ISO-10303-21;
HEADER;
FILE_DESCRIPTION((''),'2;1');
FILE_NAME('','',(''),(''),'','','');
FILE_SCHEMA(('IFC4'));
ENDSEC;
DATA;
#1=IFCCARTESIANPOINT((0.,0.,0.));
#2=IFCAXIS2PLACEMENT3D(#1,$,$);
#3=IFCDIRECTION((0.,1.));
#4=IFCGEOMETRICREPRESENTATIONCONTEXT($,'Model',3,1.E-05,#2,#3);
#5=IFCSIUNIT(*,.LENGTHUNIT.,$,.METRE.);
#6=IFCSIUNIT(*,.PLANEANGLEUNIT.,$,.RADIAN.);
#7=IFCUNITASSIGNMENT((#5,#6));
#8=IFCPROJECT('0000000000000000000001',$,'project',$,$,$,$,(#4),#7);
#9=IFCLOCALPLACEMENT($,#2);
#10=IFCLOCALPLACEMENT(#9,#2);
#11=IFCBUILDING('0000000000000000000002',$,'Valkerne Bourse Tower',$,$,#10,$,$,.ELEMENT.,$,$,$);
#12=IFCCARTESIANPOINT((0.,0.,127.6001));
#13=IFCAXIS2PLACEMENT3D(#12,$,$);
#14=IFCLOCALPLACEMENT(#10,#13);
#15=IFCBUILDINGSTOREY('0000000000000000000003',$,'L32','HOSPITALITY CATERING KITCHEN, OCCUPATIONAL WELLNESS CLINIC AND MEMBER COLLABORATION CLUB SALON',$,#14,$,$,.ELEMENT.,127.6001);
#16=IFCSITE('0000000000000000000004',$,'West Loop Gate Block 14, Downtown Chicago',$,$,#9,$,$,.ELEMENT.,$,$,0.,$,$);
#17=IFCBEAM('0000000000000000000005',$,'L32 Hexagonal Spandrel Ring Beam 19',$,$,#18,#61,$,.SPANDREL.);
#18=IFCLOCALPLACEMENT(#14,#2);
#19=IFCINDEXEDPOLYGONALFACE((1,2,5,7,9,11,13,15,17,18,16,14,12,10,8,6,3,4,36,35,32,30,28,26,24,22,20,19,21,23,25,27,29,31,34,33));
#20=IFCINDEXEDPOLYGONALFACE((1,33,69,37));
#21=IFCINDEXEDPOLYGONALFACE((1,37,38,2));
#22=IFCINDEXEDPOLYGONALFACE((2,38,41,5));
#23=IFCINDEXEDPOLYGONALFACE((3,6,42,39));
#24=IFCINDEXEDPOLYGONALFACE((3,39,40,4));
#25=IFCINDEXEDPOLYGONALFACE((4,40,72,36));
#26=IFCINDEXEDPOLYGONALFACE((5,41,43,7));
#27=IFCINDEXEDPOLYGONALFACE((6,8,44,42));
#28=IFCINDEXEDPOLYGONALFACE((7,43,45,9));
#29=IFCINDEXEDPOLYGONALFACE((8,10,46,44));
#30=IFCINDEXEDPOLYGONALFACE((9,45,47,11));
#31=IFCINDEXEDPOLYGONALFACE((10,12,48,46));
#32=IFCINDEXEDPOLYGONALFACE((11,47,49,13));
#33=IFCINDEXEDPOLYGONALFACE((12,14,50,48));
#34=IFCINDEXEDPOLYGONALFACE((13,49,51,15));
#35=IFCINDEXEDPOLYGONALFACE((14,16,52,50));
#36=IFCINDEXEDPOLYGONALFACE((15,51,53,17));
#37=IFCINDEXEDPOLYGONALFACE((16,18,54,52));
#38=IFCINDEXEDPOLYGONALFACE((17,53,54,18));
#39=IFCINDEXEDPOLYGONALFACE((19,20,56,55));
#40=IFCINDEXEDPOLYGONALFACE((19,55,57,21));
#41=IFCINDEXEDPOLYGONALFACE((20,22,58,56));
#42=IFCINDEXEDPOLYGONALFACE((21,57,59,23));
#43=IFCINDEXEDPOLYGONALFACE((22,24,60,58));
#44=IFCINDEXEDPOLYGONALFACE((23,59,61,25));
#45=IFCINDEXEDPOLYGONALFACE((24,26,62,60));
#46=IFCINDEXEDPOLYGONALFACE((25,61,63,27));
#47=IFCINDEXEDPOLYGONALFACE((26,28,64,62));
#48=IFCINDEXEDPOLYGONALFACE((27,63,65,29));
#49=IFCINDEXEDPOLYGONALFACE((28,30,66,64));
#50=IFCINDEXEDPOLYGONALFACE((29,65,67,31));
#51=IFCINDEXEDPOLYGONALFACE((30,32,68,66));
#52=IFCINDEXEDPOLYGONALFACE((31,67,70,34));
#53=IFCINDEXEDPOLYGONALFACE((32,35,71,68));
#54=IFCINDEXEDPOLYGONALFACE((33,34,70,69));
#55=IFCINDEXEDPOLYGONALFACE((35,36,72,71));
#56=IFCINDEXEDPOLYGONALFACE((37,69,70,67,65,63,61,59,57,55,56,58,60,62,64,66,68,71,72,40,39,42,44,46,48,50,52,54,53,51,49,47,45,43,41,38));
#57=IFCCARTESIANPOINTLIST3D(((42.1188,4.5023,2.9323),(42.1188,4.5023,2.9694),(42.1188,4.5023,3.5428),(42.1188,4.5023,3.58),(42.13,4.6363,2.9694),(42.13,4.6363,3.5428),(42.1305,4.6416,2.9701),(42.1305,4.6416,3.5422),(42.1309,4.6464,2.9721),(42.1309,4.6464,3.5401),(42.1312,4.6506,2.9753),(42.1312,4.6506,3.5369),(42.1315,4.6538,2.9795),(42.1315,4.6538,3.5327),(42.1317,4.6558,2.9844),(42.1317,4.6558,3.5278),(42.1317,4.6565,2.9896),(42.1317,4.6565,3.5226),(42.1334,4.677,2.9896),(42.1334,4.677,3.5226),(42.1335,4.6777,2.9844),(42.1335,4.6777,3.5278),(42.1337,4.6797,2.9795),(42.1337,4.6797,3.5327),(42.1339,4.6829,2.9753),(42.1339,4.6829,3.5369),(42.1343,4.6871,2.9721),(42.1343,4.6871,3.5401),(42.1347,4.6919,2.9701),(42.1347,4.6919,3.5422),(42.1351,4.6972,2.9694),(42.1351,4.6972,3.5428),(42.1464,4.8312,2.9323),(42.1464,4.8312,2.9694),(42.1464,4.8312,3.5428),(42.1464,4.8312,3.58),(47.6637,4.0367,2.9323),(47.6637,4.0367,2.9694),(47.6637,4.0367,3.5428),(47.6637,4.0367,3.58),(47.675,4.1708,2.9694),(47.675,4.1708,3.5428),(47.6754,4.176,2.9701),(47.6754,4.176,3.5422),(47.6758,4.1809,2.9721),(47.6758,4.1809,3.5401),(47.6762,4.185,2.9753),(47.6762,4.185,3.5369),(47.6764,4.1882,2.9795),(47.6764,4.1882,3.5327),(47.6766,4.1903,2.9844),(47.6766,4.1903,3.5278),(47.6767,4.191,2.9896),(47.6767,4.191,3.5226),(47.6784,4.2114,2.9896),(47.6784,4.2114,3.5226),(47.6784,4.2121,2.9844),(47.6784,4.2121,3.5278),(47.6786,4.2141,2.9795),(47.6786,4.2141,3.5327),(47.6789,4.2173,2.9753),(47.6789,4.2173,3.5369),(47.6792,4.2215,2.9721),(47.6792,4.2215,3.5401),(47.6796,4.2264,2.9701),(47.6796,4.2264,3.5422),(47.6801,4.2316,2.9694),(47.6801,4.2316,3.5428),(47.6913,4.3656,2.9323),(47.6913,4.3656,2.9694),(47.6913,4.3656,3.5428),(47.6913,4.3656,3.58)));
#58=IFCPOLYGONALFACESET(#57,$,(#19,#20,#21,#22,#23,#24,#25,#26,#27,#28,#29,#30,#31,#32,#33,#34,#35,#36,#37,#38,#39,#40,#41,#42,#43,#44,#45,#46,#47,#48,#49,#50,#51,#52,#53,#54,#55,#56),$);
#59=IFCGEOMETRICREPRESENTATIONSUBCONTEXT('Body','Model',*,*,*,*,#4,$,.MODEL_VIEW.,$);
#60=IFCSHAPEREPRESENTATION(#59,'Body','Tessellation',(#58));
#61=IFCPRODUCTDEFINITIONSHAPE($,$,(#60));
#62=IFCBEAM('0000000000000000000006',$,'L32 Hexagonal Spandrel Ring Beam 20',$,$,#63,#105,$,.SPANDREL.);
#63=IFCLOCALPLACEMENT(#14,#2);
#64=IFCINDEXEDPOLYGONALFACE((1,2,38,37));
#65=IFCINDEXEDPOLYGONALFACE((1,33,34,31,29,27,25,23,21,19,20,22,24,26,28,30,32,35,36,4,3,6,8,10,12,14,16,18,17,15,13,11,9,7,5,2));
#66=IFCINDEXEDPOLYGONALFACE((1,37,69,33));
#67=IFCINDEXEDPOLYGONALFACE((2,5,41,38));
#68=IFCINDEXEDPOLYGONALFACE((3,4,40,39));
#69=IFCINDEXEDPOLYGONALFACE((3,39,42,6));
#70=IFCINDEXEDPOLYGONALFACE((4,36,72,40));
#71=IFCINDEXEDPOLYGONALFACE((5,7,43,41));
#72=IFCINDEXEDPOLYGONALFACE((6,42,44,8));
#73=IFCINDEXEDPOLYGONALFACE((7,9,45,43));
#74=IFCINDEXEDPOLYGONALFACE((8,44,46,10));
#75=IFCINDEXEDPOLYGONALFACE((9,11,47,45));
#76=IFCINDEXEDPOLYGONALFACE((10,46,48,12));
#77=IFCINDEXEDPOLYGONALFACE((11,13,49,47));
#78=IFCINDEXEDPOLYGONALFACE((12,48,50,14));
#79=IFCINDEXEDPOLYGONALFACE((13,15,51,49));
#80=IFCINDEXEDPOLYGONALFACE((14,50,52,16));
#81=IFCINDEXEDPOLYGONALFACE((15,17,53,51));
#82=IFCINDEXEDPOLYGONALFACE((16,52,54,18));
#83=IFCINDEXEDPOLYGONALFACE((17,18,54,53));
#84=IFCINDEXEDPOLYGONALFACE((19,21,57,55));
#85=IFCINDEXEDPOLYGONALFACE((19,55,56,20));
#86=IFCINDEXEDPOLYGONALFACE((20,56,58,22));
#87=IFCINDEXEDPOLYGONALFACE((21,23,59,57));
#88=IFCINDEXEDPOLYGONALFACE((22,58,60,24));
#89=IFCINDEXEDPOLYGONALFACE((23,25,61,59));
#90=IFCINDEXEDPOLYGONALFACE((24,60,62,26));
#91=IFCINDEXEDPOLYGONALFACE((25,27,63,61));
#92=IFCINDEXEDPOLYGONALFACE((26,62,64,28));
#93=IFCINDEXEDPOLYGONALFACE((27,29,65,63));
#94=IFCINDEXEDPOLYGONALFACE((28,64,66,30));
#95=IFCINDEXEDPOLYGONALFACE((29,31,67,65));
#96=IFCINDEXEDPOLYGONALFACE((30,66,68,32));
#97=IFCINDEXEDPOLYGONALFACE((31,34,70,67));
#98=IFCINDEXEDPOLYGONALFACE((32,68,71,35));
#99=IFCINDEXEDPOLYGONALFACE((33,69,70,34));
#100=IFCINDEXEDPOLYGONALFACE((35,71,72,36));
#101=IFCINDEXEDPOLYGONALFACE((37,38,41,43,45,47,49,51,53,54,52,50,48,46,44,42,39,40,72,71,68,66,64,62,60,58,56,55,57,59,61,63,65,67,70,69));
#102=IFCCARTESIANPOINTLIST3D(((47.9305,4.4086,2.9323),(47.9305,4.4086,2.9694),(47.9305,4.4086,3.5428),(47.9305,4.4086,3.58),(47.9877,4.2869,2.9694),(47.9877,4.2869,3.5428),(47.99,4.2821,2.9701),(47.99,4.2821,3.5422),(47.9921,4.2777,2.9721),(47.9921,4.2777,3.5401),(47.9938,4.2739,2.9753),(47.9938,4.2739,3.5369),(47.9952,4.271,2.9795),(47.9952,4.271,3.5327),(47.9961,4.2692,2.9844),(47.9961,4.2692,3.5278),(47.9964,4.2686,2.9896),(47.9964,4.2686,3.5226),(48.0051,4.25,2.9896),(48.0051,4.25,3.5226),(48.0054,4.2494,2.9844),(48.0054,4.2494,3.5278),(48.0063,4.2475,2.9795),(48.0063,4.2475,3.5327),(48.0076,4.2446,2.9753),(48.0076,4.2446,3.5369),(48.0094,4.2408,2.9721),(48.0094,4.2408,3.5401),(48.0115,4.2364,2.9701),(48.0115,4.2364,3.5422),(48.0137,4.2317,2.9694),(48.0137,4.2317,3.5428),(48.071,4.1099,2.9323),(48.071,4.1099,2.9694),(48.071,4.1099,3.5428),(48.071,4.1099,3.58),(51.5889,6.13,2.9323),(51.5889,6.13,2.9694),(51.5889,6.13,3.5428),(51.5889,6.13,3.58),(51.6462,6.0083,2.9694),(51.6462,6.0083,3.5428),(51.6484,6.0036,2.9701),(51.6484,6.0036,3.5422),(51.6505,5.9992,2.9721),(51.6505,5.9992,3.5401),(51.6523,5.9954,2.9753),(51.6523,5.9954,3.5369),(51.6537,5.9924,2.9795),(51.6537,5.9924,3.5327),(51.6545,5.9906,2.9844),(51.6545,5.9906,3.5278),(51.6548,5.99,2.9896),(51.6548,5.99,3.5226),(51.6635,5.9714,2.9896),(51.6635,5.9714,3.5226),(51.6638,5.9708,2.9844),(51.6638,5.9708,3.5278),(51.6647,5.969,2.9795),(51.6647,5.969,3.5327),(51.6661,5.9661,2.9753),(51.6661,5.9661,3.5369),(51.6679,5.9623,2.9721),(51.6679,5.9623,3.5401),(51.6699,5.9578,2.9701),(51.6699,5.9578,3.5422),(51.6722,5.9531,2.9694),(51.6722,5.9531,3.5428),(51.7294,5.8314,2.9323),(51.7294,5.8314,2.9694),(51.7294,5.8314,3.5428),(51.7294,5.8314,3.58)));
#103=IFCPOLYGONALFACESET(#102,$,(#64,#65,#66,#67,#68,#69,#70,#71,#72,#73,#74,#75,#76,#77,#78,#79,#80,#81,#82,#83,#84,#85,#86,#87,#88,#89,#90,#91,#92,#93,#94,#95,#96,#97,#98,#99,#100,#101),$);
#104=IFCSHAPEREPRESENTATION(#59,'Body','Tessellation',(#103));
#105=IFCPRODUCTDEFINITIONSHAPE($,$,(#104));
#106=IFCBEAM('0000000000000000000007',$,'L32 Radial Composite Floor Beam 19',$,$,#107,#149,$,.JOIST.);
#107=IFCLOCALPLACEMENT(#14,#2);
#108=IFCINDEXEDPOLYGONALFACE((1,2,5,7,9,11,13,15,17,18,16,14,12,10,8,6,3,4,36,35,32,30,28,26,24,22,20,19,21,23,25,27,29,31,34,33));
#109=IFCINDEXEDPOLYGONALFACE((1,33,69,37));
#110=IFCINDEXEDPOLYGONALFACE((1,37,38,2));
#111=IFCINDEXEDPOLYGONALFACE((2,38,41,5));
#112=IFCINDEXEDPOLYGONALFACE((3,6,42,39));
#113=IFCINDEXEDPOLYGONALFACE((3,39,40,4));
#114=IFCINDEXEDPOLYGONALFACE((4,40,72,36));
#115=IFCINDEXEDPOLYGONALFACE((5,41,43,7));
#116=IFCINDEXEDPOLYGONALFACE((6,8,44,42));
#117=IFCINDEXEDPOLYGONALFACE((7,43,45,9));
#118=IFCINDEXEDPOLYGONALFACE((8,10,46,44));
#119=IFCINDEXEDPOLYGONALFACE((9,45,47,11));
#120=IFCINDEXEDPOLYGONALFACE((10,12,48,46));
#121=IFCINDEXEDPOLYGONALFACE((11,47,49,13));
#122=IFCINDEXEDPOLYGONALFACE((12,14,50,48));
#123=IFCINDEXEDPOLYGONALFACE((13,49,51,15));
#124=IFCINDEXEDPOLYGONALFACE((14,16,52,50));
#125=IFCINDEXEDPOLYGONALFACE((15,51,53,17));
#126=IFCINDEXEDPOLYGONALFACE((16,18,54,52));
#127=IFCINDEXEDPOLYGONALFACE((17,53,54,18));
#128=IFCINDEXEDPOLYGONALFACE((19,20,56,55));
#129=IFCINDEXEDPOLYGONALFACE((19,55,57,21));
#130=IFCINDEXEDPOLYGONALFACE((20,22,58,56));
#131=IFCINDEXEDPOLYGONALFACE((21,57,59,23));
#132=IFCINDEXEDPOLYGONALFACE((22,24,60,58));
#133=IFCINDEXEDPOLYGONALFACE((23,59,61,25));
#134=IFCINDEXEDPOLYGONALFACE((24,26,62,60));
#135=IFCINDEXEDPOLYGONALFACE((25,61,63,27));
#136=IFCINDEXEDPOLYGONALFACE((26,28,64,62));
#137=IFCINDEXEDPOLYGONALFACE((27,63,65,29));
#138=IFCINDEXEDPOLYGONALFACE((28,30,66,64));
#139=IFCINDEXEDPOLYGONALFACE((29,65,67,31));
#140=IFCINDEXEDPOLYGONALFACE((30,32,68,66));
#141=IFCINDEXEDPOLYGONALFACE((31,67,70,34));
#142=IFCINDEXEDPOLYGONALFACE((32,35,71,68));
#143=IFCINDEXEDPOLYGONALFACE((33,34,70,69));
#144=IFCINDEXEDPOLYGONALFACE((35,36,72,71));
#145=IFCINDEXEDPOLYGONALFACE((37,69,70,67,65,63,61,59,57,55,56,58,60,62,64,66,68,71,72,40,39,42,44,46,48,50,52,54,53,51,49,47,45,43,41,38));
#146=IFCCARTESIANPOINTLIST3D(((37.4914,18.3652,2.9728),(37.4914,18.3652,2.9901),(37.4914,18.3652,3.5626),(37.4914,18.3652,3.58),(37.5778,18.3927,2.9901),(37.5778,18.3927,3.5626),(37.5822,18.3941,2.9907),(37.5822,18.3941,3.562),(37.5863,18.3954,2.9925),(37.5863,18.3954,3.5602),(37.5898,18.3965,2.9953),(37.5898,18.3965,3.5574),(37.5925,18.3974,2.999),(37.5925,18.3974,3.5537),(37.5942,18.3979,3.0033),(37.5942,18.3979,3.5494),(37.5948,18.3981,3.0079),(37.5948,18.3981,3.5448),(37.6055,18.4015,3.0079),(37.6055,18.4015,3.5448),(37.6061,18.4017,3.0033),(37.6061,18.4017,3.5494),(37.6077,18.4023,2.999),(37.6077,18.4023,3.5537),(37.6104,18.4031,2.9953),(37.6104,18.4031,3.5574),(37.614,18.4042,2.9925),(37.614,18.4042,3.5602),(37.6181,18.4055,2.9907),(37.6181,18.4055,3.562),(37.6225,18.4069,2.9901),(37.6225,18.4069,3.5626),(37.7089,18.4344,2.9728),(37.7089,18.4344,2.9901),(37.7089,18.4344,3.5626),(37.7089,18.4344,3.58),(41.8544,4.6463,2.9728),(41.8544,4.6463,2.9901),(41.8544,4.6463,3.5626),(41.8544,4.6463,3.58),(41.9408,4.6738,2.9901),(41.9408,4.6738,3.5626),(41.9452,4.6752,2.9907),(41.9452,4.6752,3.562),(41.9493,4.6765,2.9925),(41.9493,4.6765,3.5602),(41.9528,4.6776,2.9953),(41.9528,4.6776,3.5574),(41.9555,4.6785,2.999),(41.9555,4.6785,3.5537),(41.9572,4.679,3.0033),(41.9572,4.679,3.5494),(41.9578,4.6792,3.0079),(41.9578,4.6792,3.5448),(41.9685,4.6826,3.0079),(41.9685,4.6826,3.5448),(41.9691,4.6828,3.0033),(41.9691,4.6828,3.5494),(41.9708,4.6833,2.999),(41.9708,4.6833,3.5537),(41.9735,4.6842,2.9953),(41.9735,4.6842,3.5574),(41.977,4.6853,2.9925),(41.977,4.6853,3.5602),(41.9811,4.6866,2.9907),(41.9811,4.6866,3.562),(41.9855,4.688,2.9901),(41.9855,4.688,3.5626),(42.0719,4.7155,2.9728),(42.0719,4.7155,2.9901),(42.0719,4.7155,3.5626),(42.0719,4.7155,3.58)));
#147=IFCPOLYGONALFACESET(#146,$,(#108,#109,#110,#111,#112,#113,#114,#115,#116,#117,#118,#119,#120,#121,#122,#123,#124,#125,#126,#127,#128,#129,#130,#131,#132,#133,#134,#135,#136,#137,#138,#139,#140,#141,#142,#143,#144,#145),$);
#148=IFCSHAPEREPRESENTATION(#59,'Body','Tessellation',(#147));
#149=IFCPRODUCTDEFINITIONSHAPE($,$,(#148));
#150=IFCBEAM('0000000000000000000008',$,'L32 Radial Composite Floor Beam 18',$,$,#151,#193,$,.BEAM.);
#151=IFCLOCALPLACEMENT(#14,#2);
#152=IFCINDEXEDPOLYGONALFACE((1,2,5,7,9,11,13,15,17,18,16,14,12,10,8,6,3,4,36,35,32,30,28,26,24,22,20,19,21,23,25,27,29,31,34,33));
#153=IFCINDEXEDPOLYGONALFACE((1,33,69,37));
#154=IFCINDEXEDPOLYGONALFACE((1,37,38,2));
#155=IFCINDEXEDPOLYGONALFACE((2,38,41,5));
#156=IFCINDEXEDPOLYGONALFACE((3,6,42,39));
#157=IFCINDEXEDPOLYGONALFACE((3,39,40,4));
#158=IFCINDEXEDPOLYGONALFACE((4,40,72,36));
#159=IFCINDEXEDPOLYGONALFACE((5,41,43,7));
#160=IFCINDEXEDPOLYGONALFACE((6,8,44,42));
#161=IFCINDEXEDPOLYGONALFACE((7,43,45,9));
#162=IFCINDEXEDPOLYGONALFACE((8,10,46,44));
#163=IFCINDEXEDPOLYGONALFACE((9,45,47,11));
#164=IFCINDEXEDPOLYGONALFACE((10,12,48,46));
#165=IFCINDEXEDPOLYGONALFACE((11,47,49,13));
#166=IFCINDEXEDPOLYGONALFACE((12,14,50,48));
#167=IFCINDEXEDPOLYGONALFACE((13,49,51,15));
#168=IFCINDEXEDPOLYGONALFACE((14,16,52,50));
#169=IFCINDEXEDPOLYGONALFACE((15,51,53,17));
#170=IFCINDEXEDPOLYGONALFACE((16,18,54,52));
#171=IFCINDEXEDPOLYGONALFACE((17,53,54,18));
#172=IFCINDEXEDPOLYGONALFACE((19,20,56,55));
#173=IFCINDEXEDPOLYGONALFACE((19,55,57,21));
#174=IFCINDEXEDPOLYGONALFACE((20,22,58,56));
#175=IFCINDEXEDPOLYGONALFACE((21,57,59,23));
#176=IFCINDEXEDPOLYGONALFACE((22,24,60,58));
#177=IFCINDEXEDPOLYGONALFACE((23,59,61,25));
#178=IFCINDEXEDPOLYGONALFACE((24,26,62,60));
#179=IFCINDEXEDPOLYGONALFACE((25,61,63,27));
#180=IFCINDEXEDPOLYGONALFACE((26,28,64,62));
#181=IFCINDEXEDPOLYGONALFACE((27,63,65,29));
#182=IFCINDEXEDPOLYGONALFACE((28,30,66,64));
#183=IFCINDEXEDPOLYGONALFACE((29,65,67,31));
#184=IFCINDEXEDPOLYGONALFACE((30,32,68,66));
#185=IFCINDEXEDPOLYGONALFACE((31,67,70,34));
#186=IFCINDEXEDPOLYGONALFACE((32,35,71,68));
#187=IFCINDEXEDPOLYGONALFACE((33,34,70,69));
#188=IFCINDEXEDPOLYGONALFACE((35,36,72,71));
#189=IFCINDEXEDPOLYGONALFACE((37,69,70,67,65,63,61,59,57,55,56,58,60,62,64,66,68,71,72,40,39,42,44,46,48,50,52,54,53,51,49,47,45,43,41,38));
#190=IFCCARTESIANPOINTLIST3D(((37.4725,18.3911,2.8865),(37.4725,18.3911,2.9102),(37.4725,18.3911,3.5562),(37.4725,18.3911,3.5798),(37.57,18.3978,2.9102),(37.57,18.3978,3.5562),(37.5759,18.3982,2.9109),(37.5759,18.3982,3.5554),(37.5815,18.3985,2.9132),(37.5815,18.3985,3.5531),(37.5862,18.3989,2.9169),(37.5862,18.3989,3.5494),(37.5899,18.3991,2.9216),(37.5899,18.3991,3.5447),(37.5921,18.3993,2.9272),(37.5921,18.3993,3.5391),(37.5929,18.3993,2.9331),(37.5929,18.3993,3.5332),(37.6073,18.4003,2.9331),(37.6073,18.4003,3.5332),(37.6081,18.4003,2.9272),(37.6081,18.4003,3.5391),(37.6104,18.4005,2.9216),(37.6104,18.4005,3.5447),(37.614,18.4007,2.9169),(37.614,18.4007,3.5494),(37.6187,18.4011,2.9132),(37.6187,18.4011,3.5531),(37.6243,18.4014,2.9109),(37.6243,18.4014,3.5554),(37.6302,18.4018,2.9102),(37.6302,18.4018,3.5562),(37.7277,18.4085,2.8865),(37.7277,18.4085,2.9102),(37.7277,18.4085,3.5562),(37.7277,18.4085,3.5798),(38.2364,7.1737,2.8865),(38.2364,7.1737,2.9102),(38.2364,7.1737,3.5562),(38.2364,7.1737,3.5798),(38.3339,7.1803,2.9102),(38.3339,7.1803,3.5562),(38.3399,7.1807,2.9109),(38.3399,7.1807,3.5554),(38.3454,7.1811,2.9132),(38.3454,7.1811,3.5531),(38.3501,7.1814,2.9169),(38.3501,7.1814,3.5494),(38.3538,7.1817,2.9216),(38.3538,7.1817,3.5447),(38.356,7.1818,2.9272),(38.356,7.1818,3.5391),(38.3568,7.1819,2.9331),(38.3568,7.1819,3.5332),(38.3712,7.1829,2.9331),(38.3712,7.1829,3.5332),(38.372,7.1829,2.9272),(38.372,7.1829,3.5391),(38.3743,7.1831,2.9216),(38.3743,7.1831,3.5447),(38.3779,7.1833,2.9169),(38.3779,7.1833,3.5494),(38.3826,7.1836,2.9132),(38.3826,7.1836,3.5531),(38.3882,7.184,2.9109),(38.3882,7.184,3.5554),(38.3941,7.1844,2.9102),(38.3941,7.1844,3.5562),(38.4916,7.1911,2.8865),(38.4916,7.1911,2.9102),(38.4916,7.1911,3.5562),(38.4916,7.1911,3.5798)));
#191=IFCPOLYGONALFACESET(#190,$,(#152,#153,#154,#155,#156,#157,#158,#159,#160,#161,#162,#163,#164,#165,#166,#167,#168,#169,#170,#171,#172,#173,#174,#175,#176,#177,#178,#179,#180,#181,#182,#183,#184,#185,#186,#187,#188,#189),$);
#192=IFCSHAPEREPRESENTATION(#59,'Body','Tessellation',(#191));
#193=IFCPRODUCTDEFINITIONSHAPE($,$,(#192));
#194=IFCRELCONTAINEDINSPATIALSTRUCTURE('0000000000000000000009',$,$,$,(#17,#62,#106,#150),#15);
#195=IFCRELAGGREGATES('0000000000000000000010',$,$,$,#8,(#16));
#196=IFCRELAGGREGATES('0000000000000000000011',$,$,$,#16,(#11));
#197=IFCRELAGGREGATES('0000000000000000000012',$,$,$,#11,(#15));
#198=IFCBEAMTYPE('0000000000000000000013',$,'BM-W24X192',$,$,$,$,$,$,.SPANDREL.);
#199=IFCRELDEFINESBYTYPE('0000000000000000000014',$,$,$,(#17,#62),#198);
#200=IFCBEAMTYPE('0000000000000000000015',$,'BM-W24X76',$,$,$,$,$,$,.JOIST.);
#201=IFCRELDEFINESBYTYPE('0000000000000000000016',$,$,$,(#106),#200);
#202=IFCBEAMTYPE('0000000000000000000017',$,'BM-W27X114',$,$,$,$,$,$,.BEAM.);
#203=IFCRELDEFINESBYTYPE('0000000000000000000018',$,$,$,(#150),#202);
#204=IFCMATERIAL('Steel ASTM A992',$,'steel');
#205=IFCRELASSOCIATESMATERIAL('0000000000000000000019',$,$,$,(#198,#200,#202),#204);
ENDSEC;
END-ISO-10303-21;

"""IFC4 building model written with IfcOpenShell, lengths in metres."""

from ifc_helpers import new_model, si_unit, direction, frame, origin, origin_2d, place, context, subcontext, project, spatial, i_section, extrude, material, material_profile, profile_set, type_object, element, save


model = new_model("IFC4")

# Units and contexts
model_context = context("Model", 3, precision=1e-05, world=origin(), true_north=direction((0.0, 1.0)))
body_context = subcontext(model_context, "Body", "Model", "MODEL_VIEW")
ifc_project = project(units=[si_unit("LENGTHUNIT", "METRE"), si_unit("PLANEANGLEUNIT", "RADIAN")], contexts=[model_context])

# Site, building, storey
site_placement = place(None, origin())
site = spatial("IfcSite", under=ifc_project, at=site_placement, Name="West Loop Gate Block 14, Downtown Chicago", CompositionType="ELEMENT", RefElevation=0.0)
building_placement = place(site_placement, origin())
building = spatial("IfcBuilding", under=site, at=building_placement, Name="Valkerne Bourse Tower", CompositionType="ELEMENT")
storey_placement = place(building_placement, frame((0.0, 0.0, 127.6001)))
storey = spatial("IfcBuildingStorey", under=building, at=storey_placement, Name="L32", Description="HOSPITALITY CATERING KITCHEN, OCCUPATIONAL WELLNESS CLINIC AND MEMBER COLLABORATION CLUB SALON", CompositionType="ELEMENT", Elevation=127.6001)

# Beams
ifc_material_1 = material(Name="Steel ASTM A992", Category="steel")
ifc_material_profile_1 = material_profile(ifc_material_1, i_section(OverallWidth=0.3301, OverallDepth=0.6477, WebThickness=0.0205, FlangeThickness=0.0371, FilletRadius=0.0203, at=origin_2d()), Name="W24X192")
ifc_profile_set_1 = profile_set([ifc_material_profile_1], Name="Steel ASTM A992")
beam_type_1 = type_object("IfcBeamType", Name="BM-W24X192", PredefinedType="SPANDREL", material=ifc_profile_set_1)
beam_1_placement = place(storey_placement, frame((42.1326, 4.6667, 3.2561), z_axis=(0.996494, -0.08367, 0.0), x_axis=(0.08367, 0.996494, 0.0)))
element("IfcBeam", 1, at=beam_1_placement, inside=storey, type_object=beam_type_1, Name="L32 Hexagonal Spandrel Ring Beam 19", PredefinedType="SPANDREL", context=body_context, shape_type="SweptSolid", body=[
    extrude(i_section(OverallWidth=0.3301, OverallDepth=0.6477, WebThickness=0.0205, FlangeThickness=0.0371, FilletRadius=0.0203, at=origin_2d()), origin(), (0.0, 0.0, 1.0), 5.5645),
])
beam_2_placement = place(storey_placement, frame((48.0007, 4.2593, 3.2561), z_axis=(0.904836, 0.425759, 0.0), x_axis=(-0.425759, 0.904836, 0.0)))
element("IfcBeam", 2, at=beam_2_placement, inside=storey, type_object=beam_type_1, Name="L32 Hexagonal Spandrel Ring Beam 20", PredefinedType="SPANDREL", context=body_context, shape_type="SweptSolid", body=[
    extrude(i_section(OverallWidth=0.3301, OverallDepth=0.6477, WebThickness=0.0205, FlangeThickness=0.0371, FilletRadius=0.0203, at=origin_2d()), origin(), (0.0, 0.0, 1.0), 4.0432),
])
ifc_material_profile_2 = material_profile(ifc_material_1, i_section(OverallWidth=0.2283, OverallDepth=0.6072, WebThickness=0.0112, FlangeThickness=0.0173, FilletRadius=0.0178, at=origin_2d()), Name="W24X76")
ifc_profile_set_2 = profile_set([ifc_material_profile_2], Name="Steel ASTM A992")
beam_type_2 = type_object("IfcBeamType", Name="BM-W24X76", PredefinedType="JOIST", material=ifc_profile_set_2)
beam_3_placement = place(storey_placement, frame((41.9631, 4.6809, 3.2764), z_axis=(-0.303071, 0.952968, 0.0), x_axis=(-0.952968, -0.303071, 0.0)))
element("IfcBeam", 3, at=beam_3_placement, inside=storey, type_object=beam_type_2, Name="L32 Radial Composite Floor Beam 19", PredefinedType="JOIST", context=body_context, shape_type="SweptSolid", body=[
    extrude(i_section(OverallWidth=0.2283, OverallDepth=0.6072, WebThickness=0.0112, FlangeThickness=0.0173, FilletRadius=0.0178, at=origin_2d()), origin(), (0.0, 0.0, 1.0), 14.396),
])
ifc_material_profile_3 = material_profile(ifc_material_1, i_section(OverallWidth=0.2559, OverallDepth=0.6934, WebThickness=0.0144, FlangeThickness=0.0237, FilletRadius=0.0229, at=origin_2d()), Name="W27X114")
ifc_profile_set_3 = profile_set([ifc_material_profile_3], Name="Steel ASTM A992")
beam_type_3 = type_object("IfcBeamType", Name="BM-W27X114", PredefinedType="BEAM", material=ifc_profile_set_3)
beam_4_placement = place(storey_placement, frame((38.364, 7.1824, 3.2332), z_axis=(-0.067943, 0.997689, 0.0), x_axis=(-0.997689, -0.067943, 0.0)))
element("IfcBeam", 4, at=beam_4_placement, inside=storey, type_object=beam_type_3, Name="L32 Radial Composite Floor Beam 18", PredefinedType="BEAM", context=body_context, shape_type="SweptSolid", body=[
    extrude(i_section(OverallWidth=0.2559, OverallDepth=0.6934, WebThickness=0.0144, FlangeThickness=0.0237, FilletRadius=0.0229, at=origin_2d()), origin(), (0.0, 0.0, 1.0), 11.2434),
])

save(model, "model.ifc")
